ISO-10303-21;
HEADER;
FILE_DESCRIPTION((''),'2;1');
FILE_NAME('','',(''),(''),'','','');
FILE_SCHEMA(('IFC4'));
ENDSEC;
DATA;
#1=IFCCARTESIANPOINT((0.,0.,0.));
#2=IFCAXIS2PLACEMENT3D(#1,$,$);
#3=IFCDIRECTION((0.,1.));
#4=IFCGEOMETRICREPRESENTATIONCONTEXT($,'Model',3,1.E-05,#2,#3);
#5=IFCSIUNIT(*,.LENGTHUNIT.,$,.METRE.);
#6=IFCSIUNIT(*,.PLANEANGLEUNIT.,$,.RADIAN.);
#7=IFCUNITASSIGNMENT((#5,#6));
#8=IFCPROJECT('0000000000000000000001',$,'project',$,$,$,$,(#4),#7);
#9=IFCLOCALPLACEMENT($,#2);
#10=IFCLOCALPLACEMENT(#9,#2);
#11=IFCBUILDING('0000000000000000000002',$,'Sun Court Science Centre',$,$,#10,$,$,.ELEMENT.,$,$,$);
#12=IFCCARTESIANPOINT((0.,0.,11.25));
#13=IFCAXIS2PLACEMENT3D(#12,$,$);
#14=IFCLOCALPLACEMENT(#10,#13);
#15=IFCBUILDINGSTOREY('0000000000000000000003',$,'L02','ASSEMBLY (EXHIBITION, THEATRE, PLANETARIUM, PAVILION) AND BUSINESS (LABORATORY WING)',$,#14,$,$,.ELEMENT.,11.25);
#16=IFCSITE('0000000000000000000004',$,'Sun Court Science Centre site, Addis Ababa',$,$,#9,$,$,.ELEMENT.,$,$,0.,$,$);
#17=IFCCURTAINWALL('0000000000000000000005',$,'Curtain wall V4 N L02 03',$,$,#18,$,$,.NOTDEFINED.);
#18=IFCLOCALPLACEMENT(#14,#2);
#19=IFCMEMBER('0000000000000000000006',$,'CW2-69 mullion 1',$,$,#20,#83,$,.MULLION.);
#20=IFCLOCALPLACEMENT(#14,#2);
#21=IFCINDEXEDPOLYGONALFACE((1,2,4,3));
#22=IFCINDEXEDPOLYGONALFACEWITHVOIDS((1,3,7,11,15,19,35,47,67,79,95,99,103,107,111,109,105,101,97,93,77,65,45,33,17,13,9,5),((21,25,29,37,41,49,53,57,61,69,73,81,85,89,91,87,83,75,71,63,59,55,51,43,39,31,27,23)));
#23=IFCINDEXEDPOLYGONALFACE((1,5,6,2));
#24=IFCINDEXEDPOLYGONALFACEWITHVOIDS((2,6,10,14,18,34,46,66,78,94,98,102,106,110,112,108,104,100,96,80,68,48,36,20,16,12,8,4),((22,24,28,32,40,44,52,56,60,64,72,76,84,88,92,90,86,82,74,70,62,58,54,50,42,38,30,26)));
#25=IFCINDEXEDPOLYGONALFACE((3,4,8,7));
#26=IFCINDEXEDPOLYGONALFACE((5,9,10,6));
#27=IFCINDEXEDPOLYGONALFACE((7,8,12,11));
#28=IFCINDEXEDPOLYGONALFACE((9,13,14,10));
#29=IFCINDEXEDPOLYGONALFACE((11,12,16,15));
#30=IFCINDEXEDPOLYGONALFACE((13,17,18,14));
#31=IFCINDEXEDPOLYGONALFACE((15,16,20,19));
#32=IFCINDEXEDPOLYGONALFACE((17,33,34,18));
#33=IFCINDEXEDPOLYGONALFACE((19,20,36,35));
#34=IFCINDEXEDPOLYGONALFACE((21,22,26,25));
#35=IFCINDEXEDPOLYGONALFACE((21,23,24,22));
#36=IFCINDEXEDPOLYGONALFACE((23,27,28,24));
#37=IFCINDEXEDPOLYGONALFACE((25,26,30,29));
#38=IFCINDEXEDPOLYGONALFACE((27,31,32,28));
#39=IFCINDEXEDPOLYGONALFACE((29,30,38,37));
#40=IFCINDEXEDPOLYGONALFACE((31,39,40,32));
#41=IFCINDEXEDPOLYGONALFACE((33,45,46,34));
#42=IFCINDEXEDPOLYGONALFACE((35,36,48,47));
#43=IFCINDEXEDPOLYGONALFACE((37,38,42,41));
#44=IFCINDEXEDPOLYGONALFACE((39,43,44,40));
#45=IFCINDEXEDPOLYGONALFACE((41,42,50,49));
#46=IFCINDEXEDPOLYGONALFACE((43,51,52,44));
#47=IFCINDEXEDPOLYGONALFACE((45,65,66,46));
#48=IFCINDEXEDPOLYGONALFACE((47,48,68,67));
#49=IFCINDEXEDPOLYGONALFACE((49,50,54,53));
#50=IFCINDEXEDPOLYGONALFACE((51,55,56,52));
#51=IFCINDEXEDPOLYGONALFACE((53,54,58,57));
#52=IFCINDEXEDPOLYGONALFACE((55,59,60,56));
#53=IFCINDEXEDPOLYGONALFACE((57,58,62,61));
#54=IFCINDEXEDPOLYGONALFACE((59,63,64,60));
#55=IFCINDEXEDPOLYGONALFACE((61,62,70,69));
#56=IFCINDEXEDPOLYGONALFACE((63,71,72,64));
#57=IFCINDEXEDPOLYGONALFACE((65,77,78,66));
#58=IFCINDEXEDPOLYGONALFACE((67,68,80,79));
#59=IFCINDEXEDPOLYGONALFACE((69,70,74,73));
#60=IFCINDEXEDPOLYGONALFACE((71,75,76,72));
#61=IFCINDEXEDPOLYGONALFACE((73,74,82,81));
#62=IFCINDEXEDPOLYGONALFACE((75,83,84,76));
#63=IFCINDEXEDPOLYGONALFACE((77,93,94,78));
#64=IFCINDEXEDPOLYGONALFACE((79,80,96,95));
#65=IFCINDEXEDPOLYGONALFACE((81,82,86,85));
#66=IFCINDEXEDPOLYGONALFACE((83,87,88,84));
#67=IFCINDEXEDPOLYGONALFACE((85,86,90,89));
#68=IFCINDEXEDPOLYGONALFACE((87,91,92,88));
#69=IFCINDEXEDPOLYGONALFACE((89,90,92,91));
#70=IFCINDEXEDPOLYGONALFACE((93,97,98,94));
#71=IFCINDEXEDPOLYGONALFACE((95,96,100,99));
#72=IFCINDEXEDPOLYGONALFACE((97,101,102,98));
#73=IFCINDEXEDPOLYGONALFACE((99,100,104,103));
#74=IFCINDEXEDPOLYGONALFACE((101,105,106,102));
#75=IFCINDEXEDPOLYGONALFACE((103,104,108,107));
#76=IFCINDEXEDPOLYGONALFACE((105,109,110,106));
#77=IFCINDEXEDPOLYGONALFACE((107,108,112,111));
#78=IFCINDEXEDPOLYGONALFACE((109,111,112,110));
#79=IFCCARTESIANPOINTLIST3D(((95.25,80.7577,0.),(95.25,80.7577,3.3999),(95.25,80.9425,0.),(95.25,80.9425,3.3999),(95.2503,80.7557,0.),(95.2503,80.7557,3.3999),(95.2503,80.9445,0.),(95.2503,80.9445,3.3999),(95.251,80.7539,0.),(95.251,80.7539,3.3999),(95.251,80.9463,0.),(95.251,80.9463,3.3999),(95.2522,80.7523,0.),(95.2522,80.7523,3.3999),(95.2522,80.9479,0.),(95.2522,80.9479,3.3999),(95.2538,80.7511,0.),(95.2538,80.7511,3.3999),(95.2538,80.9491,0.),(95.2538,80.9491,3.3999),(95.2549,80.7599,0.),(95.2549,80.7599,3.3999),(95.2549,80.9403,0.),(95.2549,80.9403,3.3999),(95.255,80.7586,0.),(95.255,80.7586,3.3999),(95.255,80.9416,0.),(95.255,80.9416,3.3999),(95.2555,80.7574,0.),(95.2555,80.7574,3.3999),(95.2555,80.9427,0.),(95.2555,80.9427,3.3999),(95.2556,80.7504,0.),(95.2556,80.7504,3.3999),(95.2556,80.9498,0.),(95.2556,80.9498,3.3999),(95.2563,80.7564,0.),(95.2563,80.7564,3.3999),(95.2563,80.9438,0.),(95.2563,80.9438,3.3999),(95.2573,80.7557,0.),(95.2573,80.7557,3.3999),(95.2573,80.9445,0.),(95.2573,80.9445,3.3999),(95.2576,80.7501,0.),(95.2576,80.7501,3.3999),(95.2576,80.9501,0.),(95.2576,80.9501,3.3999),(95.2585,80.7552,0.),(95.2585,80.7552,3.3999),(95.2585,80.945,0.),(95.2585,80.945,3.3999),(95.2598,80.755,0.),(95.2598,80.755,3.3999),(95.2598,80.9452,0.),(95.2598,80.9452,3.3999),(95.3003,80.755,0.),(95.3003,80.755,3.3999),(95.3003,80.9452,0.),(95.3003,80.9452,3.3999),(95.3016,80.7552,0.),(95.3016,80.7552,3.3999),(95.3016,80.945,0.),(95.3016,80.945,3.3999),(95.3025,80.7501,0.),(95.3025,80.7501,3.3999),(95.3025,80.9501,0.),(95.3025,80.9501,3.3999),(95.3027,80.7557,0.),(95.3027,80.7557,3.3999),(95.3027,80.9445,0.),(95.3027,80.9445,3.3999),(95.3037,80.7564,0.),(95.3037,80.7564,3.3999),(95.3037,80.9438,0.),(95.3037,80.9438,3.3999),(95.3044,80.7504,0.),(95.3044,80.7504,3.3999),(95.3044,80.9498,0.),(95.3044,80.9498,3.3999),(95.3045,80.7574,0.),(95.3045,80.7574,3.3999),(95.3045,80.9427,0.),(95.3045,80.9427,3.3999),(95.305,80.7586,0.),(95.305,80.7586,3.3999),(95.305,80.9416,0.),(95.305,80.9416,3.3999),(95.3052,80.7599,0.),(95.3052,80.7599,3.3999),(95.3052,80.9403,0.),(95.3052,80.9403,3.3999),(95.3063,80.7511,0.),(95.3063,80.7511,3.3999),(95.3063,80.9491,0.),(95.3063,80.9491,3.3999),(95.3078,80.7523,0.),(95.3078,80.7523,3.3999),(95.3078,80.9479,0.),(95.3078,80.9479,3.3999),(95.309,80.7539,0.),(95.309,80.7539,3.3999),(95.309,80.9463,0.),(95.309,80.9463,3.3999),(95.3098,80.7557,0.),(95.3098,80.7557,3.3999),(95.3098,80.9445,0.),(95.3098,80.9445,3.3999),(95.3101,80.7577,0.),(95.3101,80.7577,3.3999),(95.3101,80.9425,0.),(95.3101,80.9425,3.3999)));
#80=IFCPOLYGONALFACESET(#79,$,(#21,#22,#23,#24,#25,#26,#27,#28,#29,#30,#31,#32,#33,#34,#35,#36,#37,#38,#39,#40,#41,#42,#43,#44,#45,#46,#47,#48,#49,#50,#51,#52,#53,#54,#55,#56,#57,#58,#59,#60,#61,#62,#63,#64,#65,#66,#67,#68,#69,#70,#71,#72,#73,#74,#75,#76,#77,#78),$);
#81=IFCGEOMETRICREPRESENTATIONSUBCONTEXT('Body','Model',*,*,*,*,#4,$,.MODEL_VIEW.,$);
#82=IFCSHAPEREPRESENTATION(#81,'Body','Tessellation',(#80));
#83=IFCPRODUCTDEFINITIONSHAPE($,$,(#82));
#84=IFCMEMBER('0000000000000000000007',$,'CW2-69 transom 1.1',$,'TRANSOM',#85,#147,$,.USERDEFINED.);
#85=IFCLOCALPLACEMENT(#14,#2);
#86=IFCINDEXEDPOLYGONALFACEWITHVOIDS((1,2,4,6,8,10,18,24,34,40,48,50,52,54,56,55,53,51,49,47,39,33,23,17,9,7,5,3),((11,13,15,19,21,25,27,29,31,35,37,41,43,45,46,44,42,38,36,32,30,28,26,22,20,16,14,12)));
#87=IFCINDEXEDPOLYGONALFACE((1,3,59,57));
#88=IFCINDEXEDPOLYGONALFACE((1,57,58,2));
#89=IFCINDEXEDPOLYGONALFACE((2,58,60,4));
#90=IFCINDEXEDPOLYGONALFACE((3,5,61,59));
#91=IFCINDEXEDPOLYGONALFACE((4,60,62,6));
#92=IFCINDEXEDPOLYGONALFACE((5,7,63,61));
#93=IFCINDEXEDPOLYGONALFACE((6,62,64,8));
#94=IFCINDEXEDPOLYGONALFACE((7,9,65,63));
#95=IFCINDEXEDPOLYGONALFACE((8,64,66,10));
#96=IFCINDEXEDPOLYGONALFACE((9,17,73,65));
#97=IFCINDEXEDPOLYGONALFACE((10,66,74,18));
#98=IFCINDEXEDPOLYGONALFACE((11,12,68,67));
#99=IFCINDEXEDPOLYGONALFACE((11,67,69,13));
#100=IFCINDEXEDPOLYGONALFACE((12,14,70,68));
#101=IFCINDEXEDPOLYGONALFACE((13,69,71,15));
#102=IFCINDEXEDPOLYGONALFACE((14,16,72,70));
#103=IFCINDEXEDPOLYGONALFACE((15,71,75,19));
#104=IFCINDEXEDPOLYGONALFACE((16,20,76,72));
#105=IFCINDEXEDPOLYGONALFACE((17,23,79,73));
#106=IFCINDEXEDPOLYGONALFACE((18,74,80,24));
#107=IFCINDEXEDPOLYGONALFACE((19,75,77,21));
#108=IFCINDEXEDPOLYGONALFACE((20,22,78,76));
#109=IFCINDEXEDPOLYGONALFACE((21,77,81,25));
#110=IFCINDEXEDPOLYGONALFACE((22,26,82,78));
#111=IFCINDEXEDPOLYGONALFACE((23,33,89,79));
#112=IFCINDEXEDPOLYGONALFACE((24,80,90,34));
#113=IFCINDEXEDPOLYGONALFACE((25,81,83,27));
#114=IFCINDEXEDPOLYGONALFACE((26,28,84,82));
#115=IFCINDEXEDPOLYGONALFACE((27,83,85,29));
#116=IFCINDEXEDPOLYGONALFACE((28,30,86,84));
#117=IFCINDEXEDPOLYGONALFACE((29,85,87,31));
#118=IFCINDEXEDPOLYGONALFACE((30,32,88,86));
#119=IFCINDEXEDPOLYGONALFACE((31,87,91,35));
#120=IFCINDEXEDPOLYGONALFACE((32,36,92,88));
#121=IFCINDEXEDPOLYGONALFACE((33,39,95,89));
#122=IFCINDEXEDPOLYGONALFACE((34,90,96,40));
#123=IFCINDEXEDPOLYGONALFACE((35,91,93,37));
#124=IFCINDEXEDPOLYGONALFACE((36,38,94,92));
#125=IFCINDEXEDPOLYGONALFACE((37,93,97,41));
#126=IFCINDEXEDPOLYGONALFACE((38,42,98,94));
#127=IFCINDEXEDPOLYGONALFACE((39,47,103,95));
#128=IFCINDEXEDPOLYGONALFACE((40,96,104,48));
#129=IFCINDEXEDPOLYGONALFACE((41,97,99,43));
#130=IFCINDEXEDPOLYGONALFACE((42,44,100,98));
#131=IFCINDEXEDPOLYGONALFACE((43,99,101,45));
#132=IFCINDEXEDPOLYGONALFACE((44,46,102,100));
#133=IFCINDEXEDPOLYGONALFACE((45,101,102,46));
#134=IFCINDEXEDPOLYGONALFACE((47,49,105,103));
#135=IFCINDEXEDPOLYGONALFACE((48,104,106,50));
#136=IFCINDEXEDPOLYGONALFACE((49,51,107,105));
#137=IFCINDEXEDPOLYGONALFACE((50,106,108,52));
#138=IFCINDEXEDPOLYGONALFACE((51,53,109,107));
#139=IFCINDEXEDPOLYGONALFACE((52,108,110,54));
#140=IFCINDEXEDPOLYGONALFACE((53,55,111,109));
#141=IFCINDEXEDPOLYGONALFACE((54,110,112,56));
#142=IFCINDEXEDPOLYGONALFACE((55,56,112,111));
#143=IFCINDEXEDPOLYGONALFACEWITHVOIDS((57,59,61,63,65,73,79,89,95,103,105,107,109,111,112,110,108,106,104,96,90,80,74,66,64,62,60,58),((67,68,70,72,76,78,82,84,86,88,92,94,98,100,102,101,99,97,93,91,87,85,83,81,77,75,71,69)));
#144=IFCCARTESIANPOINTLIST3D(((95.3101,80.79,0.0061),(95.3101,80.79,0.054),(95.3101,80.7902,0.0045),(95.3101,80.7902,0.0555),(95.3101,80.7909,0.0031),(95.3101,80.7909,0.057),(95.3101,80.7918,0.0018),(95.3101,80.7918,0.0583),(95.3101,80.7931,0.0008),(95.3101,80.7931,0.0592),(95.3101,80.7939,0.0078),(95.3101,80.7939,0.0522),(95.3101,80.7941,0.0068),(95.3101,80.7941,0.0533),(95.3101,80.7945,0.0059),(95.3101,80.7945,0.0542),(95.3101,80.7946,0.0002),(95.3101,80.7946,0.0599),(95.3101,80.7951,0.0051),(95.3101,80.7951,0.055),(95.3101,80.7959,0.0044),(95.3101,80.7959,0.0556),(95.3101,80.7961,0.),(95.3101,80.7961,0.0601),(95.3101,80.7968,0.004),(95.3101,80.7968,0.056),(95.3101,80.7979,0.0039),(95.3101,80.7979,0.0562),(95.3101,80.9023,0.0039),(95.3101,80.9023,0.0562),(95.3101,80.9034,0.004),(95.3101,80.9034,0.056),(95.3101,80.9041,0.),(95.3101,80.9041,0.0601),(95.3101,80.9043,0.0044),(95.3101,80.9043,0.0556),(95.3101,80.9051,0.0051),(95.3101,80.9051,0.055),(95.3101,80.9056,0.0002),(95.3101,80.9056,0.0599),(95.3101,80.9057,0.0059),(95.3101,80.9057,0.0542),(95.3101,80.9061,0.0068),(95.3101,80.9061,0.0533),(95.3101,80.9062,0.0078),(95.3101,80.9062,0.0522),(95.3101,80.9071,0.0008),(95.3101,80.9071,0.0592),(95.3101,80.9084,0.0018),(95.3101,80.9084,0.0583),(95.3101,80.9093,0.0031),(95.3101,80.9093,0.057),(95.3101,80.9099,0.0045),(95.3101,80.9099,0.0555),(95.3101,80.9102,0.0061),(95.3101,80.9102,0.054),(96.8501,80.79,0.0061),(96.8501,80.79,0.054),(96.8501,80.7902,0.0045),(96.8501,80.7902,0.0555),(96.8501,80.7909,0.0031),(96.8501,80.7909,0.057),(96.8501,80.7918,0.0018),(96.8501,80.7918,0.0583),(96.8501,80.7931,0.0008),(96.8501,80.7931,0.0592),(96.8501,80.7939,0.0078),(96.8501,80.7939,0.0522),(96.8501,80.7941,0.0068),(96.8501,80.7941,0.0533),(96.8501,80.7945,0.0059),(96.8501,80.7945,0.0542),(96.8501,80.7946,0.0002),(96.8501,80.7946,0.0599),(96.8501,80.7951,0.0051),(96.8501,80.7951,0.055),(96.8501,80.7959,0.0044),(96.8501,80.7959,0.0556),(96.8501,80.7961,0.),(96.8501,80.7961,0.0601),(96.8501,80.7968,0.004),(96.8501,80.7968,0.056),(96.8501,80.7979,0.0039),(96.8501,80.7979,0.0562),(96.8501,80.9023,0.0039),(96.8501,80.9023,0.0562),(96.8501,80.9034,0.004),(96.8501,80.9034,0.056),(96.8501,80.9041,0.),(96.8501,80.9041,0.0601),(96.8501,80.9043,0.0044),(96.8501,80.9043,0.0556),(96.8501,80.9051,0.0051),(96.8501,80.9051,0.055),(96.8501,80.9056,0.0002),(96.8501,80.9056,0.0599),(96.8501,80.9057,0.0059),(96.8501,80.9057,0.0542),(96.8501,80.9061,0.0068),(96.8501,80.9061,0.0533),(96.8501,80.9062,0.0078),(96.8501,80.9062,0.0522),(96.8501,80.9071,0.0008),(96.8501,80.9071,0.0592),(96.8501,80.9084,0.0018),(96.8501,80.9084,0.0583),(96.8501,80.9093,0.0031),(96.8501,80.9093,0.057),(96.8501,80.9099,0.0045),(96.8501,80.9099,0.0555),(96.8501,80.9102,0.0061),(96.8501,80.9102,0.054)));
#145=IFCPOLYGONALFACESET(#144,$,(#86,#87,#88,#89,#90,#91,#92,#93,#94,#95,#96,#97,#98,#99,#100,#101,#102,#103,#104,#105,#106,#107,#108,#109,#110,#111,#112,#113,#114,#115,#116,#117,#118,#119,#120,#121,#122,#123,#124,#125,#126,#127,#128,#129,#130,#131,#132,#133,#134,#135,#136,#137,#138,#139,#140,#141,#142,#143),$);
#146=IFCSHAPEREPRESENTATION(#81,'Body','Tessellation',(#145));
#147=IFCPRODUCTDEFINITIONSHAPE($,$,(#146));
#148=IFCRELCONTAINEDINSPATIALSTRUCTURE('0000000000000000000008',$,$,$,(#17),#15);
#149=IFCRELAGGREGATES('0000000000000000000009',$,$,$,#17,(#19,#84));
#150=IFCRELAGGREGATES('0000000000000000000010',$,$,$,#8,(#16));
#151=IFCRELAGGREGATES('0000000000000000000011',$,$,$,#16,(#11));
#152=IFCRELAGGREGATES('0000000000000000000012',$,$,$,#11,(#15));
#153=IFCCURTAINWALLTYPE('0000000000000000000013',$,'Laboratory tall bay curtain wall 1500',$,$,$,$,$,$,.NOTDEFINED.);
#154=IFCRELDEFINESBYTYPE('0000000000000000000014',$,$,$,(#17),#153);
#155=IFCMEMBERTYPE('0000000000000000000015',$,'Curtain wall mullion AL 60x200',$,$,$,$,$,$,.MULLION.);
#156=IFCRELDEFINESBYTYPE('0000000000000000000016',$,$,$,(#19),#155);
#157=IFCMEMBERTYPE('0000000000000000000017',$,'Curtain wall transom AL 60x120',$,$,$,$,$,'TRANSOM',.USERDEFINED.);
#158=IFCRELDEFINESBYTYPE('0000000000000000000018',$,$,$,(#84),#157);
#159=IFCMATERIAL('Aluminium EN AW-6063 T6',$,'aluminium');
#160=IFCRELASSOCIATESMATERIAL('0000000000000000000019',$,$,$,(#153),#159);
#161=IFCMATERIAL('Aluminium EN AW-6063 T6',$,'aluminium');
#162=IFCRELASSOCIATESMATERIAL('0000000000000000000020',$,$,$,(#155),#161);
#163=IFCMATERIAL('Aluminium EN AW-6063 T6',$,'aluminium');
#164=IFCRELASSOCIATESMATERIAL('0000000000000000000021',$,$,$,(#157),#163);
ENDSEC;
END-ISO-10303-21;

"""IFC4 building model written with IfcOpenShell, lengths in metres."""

from ifc_helpers import new_model, si_unit, direction, frame, origin, origin_2d, place, context, subcontext, project, spatial, hollow_rectangle, extrude, material, material_profile, profile_set, type_object, element, aggregate, save


model = new_model("IFC4")

# Units and contexts
model_context = context("Model", 3, precision=1e-05, world=origin(), true_north=direction((0.0, 1.0)))
body_context = subcontext(model_context, "Body", "Model", "MODEL_VIEW")
ifc_project = project(units=[si_unit("LENGTHUNIT", "METRE"), si_unit("PLANEANGLEUNIT", "RADIAN")], contexts=[model_context])

# Site, building, storey
site_placement = place(None, origin())
site = spatial("IfcSite", under=ifc_project, at=site_placement, Name="Sun Court Science Centre site, Addis Ababa", CompositionType="ELEMENT", RefElevation=0.0)
building_placement = place(site_placement, origin())
building = spatial("IfcBuilding", under=site, at=building_placement, Name="Sun Court Science Centre", CompositionType="ELEMENT")
storey_placement = place(building_placement, frame((0.0, 0.0, 11.25)))
storey = spatial("IfcBuildingStorey", under=building, at=storey_placement, Name="L02", Description="ASSEMBLY (EXHIBITION, THEATRE, PLANETARIUM, PAVILION) AND BUSINESS (LABORATORY WING)", CompositionType="ELEMENT", Elevation=11.25)

# Shared definitions
ifc_material_1 = material(Name="Aluminium EN AW-6063 T6", Category="aluminium")
curtain_wall_type = type_object("IfcCurtainWallType", Name="Laboratory tall bay curtain wall 1500", PredefinedType="NOTDEFINED", material=ifc_material_1)
ifc_material_2 = material(Name="Aluminium EN AW-6063 T6", Category="aluminium")
ifc_material_profile_1 = material_profile(ifc_material_2, hollow_rectangle(XDim=0.0601, YDim=0.2, WallThickness=0.0049, InnerFilletRadius=0.0049, OuterFilletRadius=0.0076, at=origin_2d()), Name="AL 60x200x5")
ifc_profile_set_1 = profile_set([ifc_material_profile_1], Name="Aluminium EN AW-6063 T6")
member_type_1 = type_object("IfcMemberType", Name="Curtain wall mullion AL 60x200", PredefinedType="MULLION", material=ifc_profile_set_1)

# Curtain wall, members
curtain_wall_1_placement = place(storey_placement, origin())
curtain_wall_1 = element("IfcCurtainWall", 1, at=curtain_wall_1_placement, inside=storey, type_object=curtain_wall_type, Name="Curtain wall V4 N L02 03", PredefinedType="NOTDEFINED")
member_1_placement = place(storey_placement, frame((95.28, 80.8501, 0.0), z_axis=(0.0, 0.0, 1.0), x_axis=(1.0, 0.0, 0.0)))
member_1 = element("IfcMember", 2, at=member_1_placement, type_object=member_type_1, Name="CW2-69 mullion 1", PredefinedType="MULLION", context=body_context, shape_type="SweptSolid", body=[
    extrude(hollow_rectangle(XDim=0.0601, YDim=0.2, WallThickness=0.0049, InnerFilletRadius=0.0049, OuterFilletRadius=0.0076, at=origin_2d()), origin(), (0.0, 0.0, 1.0), 3.3999),
])
ifc_material_3 = material(Name="Aluminium EN AW-6063 T6", Category="aluminium")
ifc_material_profile_2 = material_profile(ifc_material_3, hollow_rectangle(XDim=0.0601, YDim=0.1201, WallThickness=0.0039, InnerFilletRadius=0.0039, OuterFilletRadius=0.0061, at=origin_2d()), Name="AL 60x120x4")
ifc_profile_set_2 = profile_set([ifc_material_profile_2], Name="Aluminium EN AW-6063 T6")
member_type_2 = type_object("IfcMemberType", Name="Curtain wall transom AL 60x120", ElementType="TRANSOM", PredefinedType="USERDEFINED", material=ifc_profile_set_2)
member_2_placement = place(storey_placement, frame((95.3101, 80.8501, 0.03), z_axis=(1.0, 0.0, 0.0), x_axis=(0.0, 0.0, 1.0)))
member_2 = element("IfcMember", 3, at=member_2_placement, type_object=member_type_2, Name="CW2-69 transom 1.1", ObjectType="TRANSOM", PredefinedType="USERDEFINED", context=body_context, shape_type="SweptSolid", body=[
    extrude(hollow_rectangle(XDim=0.0601, YDim=0.1201, WallThickness=0.0039, InnerFilletRadius=0.0039, OuterFilletRadius=0.0061, at=origin_2d()), origin(), (0.0, 0.0, 1.0), 1.54),
])
aggregate(curtain_wall_1, [member_1, member_2])

save(model, "model.ifc")
